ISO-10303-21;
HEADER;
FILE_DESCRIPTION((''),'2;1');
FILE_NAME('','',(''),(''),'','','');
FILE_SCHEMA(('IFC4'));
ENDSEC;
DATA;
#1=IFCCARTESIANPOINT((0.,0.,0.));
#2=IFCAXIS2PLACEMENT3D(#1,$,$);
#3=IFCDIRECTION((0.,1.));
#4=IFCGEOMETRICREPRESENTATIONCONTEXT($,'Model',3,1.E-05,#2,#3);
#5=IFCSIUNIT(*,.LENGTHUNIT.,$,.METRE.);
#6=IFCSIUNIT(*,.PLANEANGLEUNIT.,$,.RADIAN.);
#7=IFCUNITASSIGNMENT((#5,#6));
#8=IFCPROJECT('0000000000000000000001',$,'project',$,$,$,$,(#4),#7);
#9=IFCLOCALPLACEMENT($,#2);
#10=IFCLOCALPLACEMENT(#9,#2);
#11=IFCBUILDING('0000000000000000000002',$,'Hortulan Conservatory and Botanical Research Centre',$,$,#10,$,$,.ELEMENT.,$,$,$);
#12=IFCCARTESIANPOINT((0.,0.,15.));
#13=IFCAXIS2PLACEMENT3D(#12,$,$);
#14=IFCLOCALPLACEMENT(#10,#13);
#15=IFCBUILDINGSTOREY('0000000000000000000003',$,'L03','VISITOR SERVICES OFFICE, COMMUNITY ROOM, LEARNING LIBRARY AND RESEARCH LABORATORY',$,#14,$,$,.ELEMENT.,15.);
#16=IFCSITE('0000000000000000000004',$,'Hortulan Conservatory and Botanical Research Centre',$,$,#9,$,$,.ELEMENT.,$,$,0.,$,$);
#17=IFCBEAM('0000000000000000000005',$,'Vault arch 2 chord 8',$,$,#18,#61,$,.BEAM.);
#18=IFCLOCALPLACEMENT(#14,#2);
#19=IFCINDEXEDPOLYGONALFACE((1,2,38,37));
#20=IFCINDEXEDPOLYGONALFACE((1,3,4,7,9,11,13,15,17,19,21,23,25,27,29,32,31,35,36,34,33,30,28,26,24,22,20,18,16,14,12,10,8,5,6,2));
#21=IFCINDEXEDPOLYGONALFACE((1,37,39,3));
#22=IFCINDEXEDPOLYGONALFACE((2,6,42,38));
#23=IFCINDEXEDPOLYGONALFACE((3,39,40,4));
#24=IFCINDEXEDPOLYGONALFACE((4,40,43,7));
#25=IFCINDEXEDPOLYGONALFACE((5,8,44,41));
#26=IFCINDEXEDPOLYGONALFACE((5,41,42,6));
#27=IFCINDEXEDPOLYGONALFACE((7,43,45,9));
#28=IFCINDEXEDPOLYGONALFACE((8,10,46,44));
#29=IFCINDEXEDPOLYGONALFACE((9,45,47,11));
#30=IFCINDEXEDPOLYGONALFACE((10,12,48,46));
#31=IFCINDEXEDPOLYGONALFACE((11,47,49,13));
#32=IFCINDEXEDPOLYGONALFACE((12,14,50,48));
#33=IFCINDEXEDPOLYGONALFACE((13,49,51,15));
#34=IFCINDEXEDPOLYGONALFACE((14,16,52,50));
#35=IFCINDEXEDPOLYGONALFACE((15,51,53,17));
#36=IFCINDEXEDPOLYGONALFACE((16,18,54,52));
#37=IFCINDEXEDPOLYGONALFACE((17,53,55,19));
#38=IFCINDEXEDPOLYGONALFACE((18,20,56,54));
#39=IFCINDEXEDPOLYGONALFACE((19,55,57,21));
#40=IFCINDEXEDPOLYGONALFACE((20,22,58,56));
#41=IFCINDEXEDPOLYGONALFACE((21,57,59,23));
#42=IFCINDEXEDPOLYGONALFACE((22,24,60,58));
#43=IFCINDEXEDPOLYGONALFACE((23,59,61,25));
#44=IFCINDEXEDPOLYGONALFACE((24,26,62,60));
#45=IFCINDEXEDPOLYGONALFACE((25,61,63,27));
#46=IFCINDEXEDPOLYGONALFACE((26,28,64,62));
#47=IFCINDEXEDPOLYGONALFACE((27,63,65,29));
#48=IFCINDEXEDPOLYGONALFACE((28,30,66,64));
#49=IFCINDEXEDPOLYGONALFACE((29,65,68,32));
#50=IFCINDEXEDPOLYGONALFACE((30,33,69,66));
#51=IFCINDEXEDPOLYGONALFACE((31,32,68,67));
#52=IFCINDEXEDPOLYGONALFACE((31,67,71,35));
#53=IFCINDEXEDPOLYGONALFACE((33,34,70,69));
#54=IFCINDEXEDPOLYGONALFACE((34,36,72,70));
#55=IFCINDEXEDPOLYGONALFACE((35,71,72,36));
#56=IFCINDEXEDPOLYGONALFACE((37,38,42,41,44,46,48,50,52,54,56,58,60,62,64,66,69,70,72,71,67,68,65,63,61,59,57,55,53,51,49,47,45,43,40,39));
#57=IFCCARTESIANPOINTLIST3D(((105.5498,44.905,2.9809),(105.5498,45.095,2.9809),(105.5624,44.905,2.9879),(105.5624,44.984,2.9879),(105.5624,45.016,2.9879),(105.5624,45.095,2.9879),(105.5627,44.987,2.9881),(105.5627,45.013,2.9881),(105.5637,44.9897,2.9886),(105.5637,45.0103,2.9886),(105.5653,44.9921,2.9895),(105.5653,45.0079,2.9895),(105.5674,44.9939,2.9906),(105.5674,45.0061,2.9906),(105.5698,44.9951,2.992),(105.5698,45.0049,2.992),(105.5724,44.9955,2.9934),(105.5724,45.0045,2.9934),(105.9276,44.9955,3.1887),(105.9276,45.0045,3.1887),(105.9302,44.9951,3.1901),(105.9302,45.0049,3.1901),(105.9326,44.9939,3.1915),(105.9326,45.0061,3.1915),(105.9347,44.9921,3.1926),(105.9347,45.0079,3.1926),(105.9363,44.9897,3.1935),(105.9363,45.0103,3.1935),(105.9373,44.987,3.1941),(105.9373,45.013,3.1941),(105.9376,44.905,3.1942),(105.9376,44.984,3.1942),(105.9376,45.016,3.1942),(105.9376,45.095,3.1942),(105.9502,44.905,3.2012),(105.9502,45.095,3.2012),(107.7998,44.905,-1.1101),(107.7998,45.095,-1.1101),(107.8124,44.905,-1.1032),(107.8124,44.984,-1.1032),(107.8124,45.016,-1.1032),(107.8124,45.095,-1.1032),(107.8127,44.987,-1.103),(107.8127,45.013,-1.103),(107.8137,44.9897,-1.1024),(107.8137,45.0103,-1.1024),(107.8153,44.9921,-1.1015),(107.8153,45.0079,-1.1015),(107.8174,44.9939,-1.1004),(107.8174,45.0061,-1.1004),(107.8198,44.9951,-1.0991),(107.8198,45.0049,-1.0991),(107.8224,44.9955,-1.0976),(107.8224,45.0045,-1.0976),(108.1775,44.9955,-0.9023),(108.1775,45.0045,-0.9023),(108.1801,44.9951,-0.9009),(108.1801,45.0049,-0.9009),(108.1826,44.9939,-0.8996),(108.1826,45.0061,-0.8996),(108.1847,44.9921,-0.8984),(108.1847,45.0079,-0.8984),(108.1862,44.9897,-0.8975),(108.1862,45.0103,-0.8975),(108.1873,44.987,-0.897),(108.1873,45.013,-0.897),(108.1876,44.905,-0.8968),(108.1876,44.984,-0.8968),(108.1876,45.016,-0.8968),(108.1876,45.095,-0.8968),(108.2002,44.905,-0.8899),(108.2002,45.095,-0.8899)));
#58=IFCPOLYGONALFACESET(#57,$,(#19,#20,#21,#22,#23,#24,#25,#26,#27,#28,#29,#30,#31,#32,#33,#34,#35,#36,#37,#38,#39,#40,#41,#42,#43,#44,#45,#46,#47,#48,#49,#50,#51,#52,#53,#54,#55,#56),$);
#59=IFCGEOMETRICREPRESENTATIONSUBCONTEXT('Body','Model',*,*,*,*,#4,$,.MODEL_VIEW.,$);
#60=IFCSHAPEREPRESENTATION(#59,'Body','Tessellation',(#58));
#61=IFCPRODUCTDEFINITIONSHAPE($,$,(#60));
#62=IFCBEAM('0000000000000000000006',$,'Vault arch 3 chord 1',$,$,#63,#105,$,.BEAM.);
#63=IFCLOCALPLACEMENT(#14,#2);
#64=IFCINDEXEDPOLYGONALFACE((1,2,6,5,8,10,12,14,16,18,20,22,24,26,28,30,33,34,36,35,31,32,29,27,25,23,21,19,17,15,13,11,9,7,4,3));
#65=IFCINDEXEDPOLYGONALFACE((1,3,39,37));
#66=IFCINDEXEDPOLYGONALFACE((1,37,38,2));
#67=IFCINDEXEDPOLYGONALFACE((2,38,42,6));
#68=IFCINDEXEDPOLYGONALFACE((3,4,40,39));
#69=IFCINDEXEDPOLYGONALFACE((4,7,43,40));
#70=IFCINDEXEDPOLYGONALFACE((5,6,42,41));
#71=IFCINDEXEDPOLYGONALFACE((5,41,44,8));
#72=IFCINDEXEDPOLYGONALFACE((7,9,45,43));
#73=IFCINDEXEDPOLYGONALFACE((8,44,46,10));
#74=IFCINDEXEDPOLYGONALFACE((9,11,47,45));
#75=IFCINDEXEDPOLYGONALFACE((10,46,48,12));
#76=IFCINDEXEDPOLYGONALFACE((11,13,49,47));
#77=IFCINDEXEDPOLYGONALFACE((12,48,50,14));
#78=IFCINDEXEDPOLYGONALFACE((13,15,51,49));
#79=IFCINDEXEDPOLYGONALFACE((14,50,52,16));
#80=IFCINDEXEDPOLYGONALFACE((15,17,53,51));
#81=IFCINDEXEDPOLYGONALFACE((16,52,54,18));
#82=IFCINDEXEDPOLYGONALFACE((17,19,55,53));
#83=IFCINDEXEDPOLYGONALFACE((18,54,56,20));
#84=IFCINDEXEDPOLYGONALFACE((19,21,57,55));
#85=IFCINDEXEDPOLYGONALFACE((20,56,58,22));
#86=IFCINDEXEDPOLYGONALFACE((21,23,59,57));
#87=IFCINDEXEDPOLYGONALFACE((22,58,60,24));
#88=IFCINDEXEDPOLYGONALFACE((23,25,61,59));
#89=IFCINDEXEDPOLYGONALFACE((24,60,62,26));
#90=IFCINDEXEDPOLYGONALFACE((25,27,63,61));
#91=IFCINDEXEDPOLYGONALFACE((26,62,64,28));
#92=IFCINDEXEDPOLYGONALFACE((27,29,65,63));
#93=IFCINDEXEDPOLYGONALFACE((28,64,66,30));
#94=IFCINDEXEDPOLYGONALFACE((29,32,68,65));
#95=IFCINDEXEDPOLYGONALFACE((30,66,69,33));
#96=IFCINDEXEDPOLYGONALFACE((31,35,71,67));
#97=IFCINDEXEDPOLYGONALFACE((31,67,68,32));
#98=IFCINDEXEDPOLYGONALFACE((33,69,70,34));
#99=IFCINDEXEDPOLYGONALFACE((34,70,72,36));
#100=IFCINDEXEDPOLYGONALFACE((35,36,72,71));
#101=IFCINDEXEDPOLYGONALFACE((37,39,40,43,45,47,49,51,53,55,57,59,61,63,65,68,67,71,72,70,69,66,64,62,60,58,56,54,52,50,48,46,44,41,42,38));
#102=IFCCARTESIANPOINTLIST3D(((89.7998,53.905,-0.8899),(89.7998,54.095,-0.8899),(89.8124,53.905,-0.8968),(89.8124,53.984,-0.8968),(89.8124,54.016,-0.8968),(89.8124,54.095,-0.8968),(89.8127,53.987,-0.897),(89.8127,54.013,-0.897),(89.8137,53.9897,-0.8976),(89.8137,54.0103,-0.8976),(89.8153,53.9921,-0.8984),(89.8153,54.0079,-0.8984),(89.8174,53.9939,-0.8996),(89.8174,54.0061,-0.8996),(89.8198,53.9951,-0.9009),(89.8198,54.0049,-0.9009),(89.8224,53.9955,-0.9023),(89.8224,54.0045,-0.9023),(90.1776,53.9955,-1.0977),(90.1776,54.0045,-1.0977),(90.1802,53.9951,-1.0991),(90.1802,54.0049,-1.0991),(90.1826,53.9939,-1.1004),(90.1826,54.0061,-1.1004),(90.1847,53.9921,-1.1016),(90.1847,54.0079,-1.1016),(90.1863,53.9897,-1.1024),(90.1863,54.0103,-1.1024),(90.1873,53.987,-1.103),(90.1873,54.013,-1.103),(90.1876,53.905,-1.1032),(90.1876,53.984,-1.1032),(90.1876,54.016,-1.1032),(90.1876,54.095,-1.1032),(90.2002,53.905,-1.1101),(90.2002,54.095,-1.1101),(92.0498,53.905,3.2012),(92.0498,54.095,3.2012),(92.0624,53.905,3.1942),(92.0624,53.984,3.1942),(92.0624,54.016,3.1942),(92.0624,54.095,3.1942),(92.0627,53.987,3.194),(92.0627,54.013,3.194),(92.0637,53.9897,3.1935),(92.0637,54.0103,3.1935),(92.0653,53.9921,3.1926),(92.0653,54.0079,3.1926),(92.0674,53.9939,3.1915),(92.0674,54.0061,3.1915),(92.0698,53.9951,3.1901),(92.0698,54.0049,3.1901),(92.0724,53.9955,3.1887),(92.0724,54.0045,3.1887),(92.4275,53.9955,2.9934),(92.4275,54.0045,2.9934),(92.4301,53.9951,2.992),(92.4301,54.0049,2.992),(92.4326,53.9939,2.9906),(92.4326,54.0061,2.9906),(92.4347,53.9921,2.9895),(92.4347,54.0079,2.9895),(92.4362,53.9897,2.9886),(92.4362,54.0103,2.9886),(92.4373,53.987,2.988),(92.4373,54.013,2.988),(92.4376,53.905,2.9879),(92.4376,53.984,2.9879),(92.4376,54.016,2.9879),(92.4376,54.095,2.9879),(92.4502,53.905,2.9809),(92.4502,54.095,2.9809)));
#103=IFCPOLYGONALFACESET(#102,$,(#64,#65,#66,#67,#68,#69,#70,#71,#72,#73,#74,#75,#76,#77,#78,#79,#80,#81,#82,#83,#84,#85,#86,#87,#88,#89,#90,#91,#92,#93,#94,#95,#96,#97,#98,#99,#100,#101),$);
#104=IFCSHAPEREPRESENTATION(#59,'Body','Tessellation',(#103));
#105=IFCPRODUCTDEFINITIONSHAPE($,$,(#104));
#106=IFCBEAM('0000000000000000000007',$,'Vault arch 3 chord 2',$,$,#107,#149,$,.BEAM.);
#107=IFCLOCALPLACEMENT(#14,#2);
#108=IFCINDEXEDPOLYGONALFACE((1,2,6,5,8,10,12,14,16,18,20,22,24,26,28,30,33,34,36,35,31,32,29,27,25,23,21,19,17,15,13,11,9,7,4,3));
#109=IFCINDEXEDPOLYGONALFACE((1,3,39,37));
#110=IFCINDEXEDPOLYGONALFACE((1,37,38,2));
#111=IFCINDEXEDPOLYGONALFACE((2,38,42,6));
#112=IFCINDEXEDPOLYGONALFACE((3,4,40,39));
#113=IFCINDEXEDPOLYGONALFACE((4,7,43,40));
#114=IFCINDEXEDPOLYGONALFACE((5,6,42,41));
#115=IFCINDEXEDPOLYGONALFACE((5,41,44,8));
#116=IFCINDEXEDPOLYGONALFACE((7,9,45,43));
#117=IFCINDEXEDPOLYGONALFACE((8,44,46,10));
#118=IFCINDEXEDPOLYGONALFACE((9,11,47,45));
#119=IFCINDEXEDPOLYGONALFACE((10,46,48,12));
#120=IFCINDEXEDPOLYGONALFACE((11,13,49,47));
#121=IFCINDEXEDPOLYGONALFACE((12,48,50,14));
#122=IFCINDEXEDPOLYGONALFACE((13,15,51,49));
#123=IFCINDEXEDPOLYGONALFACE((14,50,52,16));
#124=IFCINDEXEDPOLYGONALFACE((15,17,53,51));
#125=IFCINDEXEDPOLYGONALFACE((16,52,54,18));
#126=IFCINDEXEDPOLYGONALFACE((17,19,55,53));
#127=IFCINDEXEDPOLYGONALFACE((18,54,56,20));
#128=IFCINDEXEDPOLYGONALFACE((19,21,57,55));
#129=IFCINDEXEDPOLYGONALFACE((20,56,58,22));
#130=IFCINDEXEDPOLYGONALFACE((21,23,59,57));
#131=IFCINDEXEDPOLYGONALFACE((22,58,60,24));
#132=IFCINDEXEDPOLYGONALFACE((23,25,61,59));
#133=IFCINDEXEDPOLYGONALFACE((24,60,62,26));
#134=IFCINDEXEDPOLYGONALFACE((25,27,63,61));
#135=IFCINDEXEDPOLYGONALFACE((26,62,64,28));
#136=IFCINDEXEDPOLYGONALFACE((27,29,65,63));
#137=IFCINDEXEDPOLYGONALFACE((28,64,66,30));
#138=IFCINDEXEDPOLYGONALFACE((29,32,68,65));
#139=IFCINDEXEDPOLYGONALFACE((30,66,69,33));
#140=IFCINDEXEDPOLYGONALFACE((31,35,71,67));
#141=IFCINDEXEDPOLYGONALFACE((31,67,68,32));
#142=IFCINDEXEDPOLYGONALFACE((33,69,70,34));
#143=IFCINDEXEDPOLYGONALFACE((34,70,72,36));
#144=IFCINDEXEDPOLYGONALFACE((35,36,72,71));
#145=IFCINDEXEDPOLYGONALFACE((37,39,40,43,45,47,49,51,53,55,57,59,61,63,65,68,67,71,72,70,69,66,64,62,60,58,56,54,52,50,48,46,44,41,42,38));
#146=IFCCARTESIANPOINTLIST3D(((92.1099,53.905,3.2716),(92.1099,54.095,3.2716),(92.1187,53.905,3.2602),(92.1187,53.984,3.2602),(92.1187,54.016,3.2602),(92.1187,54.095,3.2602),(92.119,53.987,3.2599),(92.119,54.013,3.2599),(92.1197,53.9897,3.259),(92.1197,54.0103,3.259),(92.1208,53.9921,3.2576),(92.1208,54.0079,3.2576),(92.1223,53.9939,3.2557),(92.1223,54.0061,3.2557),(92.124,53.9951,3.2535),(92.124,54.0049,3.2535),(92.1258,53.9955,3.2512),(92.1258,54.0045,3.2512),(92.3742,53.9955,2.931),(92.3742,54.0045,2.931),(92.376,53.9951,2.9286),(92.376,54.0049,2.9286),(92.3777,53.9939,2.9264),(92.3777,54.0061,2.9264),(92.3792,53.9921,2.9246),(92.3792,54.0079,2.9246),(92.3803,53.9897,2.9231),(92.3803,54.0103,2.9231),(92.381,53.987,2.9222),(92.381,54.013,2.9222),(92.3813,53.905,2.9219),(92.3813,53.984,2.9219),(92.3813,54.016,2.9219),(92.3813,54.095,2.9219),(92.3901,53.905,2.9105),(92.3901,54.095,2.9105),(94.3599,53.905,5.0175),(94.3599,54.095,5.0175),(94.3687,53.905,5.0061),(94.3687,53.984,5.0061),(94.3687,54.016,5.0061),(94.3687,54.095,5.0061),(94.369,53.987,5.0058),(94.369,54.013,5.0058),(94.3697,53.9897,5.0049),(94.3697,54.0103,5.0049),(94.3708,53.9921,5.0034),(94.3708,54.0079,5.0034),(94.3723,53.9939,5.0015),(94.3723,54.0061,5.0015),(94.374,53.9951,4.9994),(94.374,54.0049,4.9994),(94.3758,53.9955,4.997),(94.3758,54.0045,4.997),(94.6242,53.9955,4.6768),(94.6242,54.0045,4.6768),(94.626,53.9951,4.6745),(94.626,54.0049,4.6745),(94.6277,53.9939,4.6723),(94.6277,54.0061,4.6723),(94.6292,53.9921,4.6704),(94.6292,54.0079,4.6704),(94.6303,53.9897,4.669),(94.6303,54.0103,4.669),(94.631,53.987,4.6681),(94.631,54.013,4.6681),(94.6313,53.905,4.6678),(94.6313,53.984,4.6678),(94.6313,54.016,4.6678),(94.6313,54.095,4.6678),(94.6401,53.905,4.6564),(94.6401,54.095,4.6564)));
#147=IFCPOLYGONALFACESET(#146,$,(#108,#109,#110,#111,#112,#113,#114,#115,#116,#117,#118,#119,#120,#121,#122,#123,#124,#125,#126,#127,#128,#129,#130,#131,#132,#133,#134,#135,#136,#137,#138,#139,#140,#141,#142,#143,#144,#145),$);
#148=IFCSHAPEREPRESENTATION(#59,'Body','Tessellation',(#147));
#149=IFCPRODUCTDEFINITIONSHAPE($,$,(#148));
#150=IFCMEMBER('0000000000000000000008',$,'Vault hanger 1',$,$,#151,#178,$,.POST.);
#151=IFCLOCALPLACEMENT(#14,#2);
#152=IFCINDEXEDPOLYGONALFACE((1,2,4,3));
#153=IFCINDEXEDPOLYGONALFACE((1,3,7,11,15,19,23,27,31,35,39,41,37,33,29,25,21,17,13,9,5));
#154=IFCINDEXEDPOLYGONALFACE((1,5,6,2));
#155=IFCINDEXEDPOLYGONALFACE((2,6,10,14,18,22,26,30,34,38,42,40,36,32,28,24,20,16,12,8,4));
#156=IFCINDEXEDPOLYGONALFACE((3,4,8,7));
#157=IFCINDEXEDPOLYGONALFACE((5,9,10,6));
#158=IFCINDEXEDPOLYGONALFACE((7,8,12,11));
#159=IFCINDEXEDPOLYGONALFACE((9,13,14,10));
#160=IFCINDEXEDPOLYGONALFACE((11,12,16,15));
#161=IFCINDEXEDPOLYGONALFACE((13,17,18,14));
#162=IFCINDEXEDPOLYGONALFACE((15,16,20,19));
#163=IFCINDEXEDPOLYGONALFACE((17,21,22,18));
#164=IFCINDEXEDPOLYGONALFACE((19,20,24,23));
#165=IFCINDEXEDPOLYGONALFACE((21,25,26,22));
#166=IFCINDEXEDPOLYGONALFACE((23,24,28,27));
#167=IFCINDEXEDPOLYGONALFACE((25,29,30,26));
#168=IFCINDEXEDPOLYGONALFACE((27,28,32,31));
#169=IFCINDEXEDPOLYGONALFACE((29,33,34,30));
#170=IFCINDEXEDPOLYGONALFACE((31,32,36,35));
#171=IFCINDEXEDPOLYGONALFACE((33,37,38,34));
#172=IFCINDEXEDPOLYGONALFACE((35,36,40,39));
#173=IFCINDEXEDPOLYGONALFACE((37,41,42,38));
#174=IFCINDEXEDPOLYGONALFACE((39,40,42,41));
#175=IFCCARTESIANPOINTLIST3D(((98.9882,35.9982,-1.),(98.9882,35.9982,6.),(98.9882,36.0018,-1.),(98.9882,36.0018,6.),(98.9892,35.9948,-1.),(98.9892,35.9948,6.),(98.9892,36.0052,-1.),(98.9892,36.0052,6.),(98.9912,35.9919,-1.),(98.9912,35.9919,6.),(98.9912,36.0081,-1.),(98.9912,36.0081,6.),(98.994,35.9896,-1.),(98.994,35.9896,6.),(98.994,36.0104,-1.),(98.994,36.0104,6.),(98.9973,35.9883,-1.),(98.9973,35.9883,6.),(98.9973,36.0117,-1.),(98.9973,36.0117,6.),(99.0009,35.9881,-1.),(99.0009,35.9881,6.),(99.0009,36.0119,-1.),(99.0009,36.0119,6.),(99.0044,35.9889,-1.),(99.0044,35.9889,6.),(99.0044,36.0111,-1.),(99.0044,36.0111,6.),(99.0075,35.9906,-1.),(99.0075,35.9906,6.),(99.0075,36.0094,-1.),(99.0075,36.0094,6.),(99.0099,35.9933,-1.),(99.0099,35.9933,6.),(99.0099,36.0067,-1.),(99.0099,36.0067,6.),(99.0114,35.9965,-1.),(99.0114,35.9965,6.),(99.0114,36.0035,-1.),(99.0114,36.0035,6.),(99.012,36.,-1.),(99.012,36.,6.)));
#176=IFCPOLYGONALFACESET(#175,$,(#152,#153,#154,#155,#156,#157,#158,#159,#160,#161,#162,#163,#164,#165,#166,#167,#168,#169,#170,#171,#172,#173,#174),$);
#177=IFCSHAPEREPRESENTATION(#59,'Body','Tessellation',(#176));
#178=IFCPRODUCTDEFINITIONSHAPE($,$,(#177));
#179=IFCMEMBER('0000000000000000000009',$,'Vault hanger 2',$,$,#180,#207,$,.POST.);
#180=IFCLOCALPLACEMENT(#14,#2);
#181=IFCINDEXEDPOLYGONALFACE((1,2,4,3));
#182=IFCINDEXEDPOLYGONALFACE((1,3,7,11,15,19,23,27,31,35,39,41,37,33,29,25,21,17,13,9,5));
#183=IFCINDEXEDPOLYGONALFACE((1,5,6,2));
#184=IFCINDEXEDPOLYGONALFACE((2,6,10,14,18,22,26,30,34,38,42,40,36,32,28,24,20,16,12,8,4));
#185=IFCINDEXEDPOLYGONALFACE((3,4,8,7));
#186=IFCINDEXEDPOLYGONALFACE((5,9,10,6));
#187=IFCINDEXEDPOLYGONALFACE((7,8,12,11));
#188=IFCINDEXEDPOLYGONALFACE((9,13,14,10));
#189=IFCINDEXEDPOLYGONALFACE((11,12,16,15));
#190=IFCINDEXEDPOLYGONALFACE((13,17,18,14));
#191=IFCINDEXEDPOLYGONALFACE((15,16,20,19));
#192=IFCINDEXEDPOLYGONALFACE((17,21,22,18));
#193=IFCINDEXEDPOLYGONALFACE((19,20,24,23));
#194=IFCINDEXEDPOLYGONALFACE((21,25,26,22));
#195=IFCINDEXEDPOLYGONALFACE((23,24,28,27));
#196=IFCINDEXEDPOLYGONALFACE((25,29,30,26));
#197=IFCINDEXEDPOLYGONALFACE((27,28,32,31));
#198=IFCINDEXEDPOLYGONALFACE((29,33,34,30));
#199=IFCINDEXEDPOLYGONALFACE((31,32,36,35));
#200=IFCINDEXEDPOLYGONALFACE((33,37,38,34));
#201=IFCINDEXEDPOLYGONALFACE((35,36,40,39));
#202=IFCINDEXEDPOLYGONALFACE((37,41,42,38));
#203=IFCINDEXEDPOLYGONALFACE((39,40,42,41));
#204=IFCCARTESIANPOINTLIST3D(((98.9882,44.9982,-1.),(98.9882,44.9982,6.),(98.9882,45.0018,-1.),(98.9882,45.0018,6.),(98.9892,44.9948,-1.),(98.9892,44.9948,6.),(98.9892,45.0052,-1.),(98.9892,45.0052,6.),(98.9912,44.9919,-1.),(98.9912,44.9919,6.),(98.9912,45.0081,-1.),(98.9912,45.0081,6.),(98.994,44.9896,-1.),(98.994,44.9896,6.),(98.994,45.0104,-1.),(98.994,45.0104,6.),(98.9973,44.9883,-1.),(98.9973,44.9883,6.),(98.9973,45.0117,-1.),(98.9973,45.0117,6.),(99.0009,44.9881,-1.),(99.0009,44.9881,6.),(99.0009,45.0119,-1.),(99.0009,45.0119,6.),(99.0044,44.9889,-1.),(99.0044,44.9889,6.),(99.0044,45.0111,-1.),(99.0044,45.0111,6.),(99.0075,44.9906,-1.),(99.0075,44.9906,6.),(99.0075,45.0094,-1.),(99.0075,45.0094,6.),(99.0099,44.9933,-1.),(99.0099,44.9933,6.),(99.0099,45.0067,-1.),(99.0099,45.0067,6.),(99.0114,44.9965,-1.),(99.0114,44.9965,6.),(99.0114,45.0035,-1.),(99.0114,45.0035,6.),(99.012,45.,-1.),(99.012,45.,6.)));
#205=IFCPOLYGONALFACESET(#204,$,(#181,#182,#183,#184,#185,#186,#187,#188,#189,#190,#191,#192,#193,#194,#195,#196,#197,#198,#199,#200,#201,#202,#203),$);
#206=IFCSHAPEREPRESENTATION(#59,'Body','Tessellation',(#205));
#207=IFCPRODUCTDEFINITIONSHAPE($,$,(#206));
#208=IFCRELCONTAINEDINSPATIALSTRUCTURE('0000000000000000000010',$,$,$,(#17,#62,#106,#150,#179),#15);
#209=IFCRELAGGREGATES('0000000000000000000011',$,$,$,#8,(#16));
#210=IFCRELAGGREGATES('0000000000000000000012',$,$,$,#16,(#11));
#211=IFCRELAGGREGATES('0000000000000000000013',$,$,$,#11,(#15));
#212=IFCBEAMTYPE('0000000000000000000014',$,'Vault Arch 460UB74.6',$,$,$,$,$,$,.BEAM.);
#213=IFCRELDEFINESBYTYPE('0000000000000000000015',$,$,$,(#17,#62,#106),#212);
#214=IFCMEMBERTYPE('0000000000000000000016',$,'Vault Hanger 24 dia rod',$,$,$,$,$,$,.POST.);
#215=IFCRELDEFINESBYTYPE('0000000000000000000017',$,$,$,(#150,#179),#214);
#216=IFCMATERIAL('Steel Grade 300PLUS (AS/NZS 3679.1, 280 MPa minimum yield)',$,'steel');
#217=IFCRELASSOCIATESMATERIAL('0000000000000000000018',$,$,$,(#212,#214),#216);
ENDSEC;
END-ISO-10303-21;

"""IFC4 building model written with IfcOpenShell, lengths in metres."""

from ifc_helpers import new_model, si_unit, direction, frame, origin, origin_2d, place, context, subcontext, project, spatial, circle, i_section, extrude, material, material_profile, profile_set, type_object, element, save


model = new_model("IFC4")

# Units and contexts
model_context = context("Model", 3, precision=1e-05, world=origin(), true_north=direction((0.0, 1.0)))
body_context = subcontext(model_context, "Body", "Model", "MODEL_VIEW")
ifc_project = project(units=[si_unit("LENGTHUNIT", "METRE"), si_unit("PLANEANGLEUNIT", "RADIAN")], contexts=[model_context])

# Site, building, storey
site_placement = place(None, origin())
site = spatial("IfcSite", under=ifc_project, at=site_placement, Name="Hortulan Conservatory and Botanical Research Centre", CompositionType="ELEMENT", RefElevation=0.0)
building_placement = place(site_placement, origin())
building = spatial("IfcBuilding", under=site, at=building_placement, Name="Hortulan Conservatory and Botanical Research Centre", CompositionType="ELEMENT")
storey_placement = place(building_placement, frame((0.0, 0.0, 15.0)))
storey = spatial("IfcBuildingStorey", under=building, at=storey_placement, Name="L03", Description="VISITOR SERVICES OFFICE, COMMUNITY ROOM, LEARNING LIBRARY AND RESEARCH LABORATORY", CompositionType="ELEMENT", Elevation=15.0)

# Beams
ifc_material_1 = material(Name="Steel Grade 300PLUS (AS/NZS 3679.1, 280 MPa minimum yield)", Category="steel")
ifc_material_profile_1 = material_profile(ifc_material_1, i_section(OverallWidth=0.1899, OverallDepth=0.457, WebThickness=0.009, FlangeThickness=0.0144, FilletRadius=0.0115, at=origin_2d()), Name="460UB74.6")
ifc_profile_set_1 = profile_set([ifc_material_profile_1], Name="Steel Grade 300PLUS (AS/NZS 3679.1, 280 MPa minimum yield)")
beam_type_1 = type_object("IfcBeamType", Name="Vault Arch 460UB74.6", PredefinedType="BEAM", material=ifc_profile_set_1)
for number, where, z_axis, x_axis, name in (
    (1, (105.75, 45.0, 3.0911), (0.481905, 0.0, -0.876224), (0.0, 1.0, 0.0), "Vault arch 2 chord 8"),
    (2, (90.0, 54.0, -1.0), (0.481905, 0.0, 0.876224), (0.0, 1.0, 0.0), "Vault arch 3 chord 1"),
):
    element("IfcBeam", number, at=place(storey_placement, frame(where, z_axis=z_axis, x_axis=x_axis)), inside=storey, type_object=beam_type_1, Name=name, PredefinedType="BEAM", context=body_context, shape_type="SweptSolid", body=[
        extrude(i_section(OverallWidth=0.1899, OverallDepth=0.457, WebThickness=0.009, FlangeThickness=0.0144, FilletRadius=0.0115, at=origin_2d()), origin(), (0.0, 0.0, 1.0), 4.6689),
    ])
beam_1_placement = place(storey_placement, frame((92.25, 54.0, 3.0911), z_axis=(0.790058, 0.0, 0.613032), x_axis=(0.0, 1.0, 0.0)))
element("IfcBeam", 3, at=beam_1_placement, inside=storey, type_object=beam_type_1, Name="Vault arch 3 chord 2", PredefinedType="BEAM", context=body_context, shape_type="SweptSolid", body=[
    extrude(i_section(OverallWidth=0.1899, OverallDepth=0.457, WebThickness=0.009, FlangeThickness=0.0144, FilletRadius=0.0115, at=origin_2d()), origin(), (0.0, 0.0, 1.0), 2.8479),
])

# Members
ifc_material_profile_2 = material_profile(ifc_material_1, circle(Radius=0.012, at=origin_2d()), Name="24 dia rod")
ifc_profile_set_2 = profile_set([ifc_material_profile_2], Name="Steel Grade 300PLUS (AS/NZS 3679.1, 280 MPa minimum yield)")
member_type_1 = type_object("IfcMemberType", Name="Vault Hanger 24 dia rod", PredefinedType="POST", material=ifc_profile_set_2)
for number, where, z_axis, x_axis, name in (
    (4, (99.0, 36.0, -1.0), (0.0, 0.0, 1.0), (1.0, 0.0, 0.0), "Vault hanger 1"),
    (5, (99.0, 45.0, -1.0), (0.0, 0.0, 1.0), (1.0, 0.0, 0.0), "Vault hanger 2"),
):
    element("IfcMember", number, at=place(storey_placement, frame(where, z_axis=z_axis, x_axis=x_axis)), inside=storey, type_object=member_type_1, Name=name, PredefinedType="POST", context=body_context, shape_type="SweptSolid", body=[
        extrude(circle(Radius=0.012, at=origin_2d()), origin(), (0.0, 0.0, 1.0), 7.0),
    ])

save(model, "model.ifc")
